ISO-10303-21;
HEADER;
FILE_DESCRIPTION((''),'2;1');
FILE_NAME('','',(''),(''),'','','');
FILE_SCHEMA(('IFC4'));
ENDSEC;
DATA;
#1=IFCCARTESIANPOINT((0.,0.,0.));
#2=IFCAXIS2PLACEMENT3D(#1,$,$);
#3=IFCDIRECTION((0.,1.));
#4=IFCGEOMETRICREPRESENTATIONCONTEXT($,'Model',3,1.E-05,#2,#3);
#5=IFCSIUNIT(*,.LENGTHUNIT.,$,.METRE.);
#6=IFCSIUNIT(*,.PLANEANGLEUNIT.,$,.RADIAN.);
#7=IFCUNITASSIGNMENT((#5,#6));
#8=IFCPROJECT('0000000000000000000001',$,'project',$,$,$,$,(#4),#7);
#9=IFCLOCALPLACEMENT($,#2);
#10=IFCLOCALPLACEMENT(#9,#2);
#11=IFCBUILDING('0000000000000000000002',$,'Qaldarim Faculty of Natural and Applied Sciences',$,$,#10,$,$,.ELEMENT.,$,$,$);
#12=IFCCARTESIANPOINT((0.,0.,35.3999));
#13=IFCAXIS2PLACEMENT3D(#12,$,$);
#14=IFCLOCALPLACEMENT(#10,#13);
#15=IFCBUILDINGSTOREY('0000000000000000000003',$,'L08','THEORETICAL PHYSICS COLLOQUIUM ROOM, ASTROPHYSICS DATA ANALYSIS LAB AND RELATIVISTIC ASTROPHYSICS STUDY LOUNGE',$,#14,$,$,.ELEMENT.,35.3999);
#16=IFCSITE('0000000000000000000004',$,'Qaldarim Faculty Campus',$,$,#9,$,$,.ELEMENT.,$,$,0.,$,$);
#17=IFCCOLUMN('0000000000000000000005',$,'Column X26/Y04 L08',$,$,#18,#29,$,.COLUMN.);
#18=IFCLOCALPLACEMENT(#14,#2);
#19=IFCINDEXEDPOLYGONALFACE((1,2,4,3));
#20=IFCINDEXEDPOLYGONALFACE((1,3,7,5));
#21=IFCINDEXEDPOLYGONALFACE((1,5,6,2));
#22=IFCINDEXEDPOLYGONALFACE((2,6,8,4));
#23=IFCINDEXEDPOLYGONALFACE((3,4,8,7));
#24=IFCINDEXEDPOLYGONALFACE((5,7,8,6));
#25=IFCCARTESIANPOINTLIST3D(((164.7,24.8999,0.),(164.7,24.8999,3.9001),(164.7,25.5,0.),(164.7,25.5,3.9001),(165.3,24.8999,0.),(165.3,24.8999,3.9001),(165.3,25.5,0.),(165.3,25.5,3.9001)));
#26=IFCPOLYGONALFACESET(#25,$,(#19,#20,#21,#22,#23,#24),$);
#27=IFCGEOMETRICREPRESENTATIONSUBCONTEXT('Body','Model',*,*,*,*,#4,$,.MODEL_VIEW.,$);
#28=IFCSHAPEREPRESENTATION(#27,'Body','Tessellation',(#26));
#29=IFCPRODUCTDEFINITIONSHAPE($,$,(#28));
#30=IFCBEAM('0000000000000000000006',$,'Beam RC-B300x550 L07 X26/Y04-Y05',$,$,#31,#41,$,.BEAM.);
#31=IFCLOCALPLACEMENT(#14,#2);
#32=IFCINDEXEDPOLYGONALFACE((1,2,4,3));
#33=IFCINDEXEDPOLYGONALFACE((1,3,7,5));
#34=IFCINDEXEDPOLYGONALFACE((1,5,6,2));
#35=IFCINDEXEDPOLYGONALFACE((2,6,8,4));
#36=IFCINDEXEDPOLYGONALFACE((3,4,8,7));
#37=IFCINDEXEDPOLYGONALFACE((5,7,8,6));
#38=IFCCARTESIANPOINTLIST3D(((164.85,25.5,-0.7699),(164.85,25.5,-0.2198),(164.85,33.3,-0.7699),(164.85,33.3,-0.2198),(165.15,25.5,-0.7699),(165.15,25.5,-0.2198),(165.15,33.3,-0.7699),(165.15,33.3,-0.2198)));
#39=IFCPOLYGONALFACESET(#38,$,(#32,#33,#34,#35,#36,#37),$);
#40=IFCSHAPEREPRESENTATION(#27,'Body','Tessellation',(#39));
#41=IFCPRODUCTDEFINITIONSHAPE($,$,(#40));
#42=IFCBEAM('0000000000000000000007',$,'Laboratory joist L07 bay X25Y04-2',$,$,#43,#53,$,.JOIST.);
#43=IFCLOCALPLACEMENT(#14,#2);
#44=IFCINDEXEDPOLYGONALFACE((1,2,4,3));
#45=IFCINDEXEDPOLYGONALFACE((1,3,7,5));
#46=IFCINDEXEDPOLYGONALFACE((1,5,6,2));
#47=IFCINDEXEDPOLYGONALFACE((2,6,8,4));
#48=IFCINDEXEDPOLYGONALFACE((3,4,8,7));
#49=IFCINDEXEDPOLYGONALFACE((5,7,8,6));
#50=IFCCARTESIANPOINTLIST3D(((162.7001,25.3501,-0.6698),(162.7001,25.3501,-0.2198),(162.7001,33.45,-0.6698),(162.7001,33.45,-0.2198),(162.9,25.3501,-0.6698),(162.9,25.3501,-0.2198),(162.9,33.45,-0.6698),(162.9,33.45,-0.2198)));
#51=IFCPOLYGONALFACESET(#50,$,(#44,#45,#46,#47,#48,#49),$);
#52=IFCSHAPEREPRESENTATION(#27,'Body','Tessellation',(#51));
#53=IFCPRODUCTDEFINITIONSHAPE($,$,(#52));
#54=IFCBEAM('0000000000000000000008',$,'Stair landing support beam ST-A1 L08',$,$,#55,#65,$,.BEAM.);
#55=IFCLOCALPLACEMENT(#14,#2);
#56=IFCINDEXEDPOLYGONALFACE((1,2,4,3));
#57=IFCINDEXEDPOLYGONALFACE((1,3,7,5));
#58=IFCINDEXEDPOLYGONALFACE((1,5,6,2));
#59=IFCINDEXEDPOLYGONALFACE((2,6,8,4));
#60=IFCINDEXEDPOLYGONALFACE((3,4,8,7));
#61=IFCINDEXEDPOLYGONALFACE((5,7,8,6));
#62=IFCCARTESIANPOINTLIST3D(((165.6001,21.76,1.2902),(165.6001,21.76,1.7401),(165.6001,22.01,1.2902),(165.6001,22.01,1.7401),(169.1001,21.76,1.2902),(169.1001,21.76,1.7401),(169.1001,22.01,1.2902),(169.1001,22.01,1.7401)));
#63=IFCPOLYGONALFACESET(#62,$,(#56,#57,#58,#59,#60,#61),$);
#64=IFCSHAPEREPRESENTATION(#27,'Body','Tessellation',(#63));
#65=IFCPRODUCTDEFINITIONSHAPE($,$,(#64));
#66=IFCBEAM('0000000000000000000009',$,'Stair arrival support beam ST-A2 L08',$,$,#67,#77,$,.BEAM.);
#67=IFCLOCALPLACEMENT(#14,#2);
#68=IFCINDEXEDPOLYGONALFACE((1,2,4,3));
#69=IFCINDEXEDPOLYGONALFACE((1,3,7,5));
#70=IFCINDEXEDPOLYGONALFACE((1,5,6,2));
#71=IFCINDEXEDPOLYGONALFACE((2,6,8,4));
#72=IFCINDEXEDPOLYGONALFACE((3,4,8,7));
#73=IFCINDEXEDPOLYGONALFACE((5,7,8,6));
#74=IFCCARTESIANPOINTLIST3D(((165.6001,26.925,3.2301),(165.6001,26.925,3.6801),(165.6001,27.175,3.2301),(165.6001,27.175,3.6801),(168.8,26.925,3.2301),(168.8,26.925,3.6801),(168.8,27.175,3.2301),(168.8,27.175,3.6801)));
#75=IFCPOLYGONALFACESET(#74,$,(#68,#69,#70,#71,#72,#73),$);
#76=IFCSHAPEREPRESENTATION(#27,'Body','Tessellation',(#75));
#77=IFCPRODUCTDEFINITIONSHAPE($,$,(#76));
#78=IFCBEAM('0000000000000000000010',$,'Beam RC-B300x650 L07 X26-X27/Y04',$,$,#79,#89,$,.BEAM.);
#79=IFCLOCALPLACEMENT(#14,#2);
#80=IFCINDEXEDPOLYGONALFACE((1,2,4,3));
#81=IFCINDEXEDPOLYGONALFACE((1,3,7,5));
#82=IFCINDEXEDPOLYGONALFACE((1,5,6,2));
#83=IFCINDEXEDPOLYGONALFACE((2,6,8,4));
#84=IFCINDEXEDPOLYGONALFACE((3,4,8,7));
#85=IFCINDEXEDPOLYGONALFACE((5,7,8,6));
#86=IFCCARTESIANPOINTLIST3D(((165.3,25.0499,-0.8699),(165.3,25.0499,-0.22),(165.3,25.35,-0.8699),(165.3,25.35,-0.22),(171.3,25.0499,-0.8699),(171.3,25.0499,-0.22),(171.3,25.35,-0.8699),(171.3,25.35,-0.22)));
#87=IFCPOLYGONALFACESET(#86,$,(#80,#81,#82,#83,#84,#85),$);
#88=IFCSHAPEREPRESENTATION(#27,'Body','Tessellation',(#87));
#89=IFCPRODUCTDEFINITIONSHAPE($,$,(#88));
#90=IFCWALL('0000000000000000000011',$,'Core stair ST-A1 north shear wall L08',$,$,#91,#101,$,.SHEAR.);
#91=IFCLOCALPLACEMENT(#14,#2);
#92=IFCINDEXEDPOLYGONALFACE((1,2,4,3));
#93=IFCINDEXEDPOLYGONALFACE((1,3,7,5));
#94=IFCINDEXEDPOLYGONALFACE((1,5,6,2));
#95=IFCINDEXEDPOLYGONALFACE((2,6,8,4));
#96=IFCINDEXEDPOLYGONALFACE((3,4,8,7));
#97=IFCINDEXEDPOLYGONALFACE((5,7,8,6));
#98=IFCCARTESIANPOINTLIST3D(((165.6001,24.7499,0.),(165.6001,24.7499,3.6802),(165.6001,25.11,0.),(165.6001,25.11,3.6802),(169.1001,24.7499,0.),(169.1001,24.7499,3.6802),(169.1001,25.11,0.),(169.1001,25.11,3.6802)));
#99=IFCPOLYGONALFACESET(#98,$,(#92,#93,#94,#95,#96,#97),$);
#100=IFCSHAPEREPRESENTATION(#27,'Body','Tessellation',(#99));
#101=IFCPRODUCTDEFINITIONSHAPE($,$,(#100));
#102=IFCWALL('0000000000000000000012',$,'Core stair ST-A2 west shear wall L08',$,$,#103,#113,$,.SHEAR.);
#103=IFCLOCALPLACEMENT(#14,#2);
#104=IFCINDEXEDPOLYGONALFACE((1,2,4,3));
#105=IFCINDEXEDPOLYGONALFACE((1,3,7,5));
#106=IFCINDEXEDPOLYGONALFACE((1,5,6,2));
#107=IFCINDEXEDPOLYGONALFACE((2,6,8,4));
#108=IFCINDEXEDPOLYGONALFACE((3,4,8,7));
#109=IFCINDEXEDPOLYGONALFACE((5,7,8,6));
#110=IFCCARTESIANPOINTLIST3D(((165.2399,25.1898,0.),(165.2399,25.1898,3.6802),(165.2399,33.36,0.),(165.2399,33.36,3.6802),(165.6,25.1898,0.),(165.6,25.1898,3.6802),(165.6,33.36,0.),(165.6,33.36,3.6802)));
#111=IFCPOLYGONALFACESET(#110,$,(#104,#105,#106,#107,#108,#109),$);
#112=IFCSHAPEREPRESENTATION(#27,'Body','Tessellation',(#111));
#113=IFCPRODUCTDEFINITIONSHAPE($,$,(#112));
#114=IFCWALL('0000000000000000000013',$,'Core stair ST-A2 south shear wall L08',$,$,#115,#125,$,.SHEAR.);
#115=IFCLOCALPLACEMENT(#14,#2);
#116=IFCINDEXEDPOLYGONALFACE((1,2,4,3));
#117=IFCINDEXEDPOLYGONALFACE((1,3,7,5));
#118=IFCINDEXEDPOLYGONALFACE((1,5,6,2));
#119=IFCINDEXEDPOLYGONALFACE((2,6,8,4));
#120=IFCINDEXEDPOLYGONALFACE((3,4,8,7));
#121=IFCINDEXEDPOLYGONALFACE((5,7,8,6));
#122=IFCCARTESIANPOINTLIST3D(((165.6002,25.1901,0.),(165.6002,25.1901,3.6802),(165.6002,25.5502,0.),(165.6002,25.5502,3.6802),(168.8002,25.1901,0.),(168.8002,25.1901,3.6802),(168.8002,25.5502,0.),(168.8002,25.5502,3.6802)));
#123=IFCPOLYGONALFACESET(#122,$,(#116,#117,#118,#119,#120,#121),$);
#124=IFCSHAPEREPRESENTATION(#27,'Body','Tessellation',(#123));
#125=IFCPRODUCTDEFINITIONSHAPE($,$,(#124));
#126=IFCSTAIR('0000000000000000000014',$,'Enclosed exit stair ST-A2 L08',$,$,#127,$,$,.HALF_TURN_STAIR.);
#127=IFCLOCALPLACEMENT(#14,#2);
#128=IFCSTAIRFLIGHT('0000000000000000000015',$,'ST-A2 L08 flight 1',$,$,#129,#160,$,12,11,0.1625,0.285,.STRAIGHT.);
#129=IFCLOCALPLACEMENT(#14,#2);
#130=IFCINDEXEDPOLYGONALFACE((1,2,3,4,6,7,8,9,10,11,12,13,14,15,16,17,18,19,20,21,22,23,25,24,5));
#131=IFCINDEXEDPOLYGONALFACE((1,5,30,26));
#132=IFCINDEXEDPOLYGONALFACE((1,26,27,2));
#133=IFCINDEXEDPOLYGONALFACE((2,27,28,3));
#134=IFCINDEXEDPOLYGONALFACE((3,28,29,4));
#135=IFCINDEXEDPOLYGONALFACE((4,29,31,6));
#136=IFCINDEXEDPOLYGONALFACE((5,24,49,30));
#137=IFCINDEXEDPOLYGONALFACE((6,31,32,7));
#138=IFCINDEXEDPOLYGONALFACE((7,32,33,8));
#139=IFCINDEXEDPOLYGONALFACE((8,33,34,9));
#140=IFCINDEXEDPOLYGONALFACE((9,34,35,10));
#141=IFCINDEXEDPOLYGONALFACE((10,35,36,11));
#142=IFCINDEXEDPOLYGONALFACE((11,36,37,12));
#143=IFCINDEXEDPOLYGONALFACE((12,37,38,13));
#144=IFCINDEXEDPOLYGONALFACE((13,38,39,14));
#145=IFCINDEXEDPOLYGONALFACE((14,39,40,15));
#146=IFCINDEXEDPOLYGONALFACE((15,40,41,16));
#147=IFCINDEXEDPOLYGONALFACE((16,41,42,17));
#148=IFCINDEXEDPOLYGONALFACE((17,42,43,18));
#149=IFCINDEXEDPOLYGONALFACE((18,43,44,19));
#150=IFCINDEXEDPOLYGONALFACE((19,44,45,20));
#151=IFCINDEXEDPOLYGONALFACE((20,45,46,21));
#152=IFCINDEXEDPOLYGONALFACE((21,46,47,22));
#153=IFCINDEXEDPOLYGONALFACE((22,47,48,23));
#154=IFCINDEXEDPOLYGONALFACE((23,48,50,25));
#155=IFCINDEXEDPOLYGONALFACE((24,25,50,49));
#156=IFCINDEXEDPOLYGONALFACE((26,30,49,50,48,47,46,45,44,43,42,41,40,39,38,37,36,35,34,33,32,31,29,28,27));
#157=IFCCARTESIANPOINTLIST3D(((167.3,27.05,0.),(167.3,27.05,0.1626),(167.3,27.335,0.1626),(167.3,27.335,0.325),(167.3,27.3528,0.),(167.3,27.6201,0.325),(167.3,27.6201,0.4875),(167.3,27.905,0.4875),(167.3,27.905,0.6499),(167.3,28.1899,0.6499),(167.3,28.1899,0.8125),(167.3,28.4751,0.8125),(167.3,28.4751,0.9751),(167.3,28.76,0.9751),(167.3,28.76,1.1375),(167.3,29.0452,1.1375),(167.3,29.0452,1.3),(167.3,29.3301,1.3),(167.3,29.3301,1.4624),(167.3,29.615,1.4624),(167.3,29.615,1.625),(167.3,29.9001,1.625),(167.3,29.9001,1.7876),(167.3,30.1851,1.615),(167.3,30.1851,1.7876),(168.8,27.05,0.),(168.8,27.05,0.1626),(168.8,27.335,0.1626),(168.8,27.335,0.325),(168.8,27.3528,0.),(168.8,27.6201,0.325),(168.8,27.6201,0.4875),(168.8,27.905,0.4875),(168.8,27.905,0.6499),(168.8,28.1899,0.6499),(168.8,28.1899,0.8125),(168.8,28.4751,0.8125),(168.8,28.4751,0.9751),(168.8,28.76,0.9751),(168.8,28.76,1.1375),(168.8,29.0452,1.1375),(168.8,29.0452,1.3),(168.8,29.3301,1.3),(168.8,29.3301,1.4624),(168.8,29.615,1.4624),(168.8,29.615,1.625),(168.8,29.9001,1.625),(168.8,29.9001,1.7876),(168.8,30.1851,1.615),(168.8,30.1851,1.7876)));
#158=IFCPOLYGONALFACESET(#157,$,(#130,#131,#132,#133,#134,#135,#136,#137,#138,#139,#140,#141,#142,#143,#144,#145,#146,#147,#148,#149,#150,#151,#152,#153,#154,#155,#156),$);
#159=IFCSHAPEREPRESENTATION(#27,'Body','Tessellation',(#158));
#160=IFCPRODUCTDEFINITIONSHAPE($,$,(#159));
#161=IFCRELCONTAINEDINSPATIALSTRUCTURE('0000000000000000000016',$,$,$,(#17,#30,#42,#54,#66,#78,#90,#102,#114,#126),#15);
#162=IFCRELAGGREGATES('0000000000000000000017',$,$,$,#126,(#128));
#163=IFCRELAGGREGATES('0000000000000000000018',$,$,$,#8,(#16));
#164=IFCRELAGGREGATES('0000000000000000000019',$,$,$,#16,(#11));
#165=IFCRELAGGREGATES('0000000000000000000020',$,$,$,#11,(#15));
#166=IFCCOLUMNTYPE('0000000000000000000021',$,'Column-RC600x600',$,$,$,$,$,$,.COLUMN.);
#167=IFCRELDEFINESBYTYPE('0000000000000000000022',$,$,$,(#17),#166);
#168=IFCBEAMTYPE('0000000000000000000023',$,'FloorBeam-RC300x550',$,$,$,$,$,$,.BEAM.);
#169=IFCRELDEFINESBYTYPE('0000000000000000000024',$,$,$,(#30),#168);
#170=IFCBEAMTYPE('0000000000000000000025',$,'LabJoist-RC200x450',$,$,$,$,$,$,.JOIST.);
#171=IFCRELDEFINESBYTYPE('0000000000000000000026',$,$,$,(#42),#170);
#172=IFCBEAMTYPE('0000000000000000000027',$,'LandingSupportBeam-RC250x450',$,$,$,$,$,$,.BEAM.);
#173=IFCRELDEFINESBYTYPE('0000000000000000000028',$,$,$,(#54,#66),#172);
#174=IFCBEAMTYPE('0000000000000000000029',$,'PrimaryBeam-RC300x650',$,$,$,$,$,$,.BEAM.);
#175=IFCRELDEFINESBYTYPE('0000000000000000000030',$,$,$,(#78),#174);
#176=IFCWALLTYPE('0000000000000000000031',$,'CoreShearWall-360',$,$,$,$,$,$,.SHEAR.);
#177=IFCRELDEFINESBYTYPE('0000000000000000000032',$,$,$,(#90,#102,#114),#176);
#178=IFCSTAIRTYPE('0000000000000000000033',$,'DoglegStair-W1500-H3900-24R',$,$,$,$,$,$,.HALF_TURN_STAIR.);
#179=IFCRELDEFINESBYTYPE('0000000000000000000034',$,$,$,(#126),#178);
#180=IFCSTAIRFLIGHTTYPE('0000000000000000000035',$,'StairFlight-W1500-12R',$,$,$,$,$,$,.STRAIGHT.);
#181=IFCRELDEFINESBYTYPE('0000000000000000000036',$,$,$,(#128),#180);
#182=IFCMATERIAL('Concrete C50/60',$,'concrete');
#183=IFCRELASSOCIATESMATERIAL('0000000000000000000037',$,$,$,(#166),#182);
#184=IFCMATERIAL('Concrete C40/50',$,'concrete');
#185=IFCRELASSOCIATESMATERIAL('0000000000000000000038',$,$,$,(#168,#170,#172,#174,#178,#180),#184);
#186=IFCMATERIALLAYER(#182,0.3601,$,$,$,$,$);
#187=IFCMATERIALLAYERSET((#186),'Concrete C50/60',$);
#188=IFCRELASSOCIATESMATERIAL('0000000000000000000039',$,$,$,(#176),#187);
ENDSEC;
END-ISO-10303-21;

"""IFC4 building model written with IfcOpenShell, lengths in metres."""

from ifc_helpers import new_model, si_unit, direction, frame, frame_2d, origin, origin_2d, place, context, subcontext, project, spatial, polyline, rectangle, outline, extrude, material, layer, layer_set, material_profile, profile_set, type_object, element, aggregate, save


model = new_model("IFC4")

# Units and contexts
model_context = context("Model", 3, precision=1e-05, world=origin(), true_north=direction((0.0, 1.0)))
body_context = subcontext(model_context, "Body", "Model", "MODEL_VIEW")
ifc_project = project(units=[si_unit("LENGTHUNIT", "METRE"), si_unit("PLANEANGLEUNIT", "RADIAN")], contexts=[model_context])

# Site, building, storey
site_placement = place(None, origin())
site = spatial("IfcSite", under=ifc_project, at=site_placement, Name="Qaldarim Faculty Campus", CompositionType="ELEMENT", RefElevation=0.0)
building_placement = place(site_placement, origin())
building = spatial("IfcBuilding", under=site, at=building_placement, Name="Qaldarim Faculty of Natural and Applied Sciences", CompositionType="ELEMENT")
storey_placement = place(building_placement, frame((0.0, 0.0, 35.3999)))
storey = spatial("IfcBuildingStorey", under=building, at=storey_placement, Name="L08", Description="THEORETICAL PHYSICS COLLOQUIUM ROOM, ASTROPHYSICS DATA ANALYSIS LAB AND RELATIVISTIC ASTROPHYSICS STUDY LOUNGE", CompositionType="ELEMENT", Elevation=35.3999)

# Column
ifc_material_1 = material(Name="Concrete C50/60", Category="concrete")
ifc_material_profile_1 = material_profile(ifc_material_1, rectangle(XDim=0.6001, YDim=0.6001, at=origin_2d()), Name="RC-C600x600")
ifc_profile_set_1 = profile_set([ifc_material_profile_1], Name="Concrete C50/60")
column_type = type_object("IfcColumnType", Name="Column-RC600x600", PredefinedType="COLUMN", material=ifc_profile_set_1)
column_placement = place(storey_placement, frame((165.0, 25.2, 0.0), z_axis=(0.0, 0.0, 1.0), x_axis=(1.0, 0.0, 0.0)))
element("IfcColumn", 1, at=column_placement, inside=storey, type_object=column_type, Name="Column X26/Y04 L08", PredefinedType="COLUMN", context=body_context, shape_type="SweptSolid", body=[
    extrude(rectangle(XDim=0.6001, YDim=0.6001, at=origin_2d()), origin(), (0.0, 0.0, 1.0), 3.9001),
])

# Beams
ifc_material_2 = material(Name="Concrete C40/50", Category="concrete")
ifc_material_profile_2 = material_profile(ifc_material_2, rectangle(XDim=0.3, YDim=0.55, at=origin_2d()), Name="RC-B300x550")
ifc_profile_set_2 = profile_set([ifc_material_profile_2], Name="Concrete C40/50")
beam_type_1 = type_object("IfcBeamType", Name="FloorBeam-RC300x550", PredefinedType="BEAM", material=ifc_profile_set_2)
beam_1_placement = place(storey_placement, frame((165.0, 25.5, -0.4949), z_axis=(0.0, 1.0, 0.0), x_axis=(-1.0, 0.0, 0.0)))
element("IfcBeam", 2, at=beam_1_placement, inside=storey, type_object=beam_type_1, Name="Beam RC-B300x550 L07 X26/Y04-Y05", PredefinedType="BEAM", context=body_context, shape_type="SweptSolid", body=[
    extrude(rectangle(XDim=0.3, YDim=0.55, at=origin_2d()), origin(), (0.0, 0.0, 1.0), 7.8),
])
ifc_material_profile_3 = material_profile(ifc_material_2, rectangle(XDim=0.2, YDim=0.45, at=origin_2d()), Name="RC-J200x450")
ifc_profile_set_3 = profile_set([ifc_material_profile_3], Name="Concrete C40/50")
beam_type_2 = type_object("IfcBeamType", Name="LabJoist-RC200x450", PredefinedType="JOIST", material=ifc_profile_set_3)
beam_2_placement = place(storey_placement, frame((162.8, 25.3501, -0.4448), z_axis=(0.0, 1.0, 0.0), x_axis=(-1.0, 0.0, 0.0)))
element("IfcBeam", 3, at=beam_2_placement, inside=storey, type_object=beam_type_2, Name="Laboratory joist L07 bay X25Y04-2", PredefinedType="JOIST", context=body_context, shape_type="SweptSolid", body=[
    extrude(rectangle(XDim=0.2, YDim=0.45, at=origin_2d()), origin(), (0.0, 0.0, 1.0), 8.0999),
])
ifc_material_profile_4 = material_profile(ifc_material_2, rectangle(XDim=0.25, YDim=0.45, at=origin_2d()), Name="RC-LN250x450")
ifc_profile_set_4 = profile_set([ifc_material_profile_4], Name="Concrete C40/50")
beam_type_3 = type_object("IfcBeamType", Name="LandingSupportBeam-RC250x450", PredefinedType="BEAM", material=ifc_profile_set_4)
beam_3_placement = place(storey_placement, frame((165.6001, 21.885, 1.5151), z_axis=(1.0, 0.0, 0.0), x_axis=(0.0, 1.0, 0.0)))
element("IfcBeam", 4, at=beam_3_placement, inside=storey, type_object=beam_type_3, Name="Stair landing support beam ST-A1 L08", PredefinedType="BEAM", context=body_context, shape_type="SweptSolid", body=[
    extrude(rectangle(XDim=0.25, YDim=0.45, at=origin_2d()), origin(), (0.0, 0.0, 1.0), 3.5),
])
beam_4_placement = place(storey_placement, frame((165.6001, 27.05, 3.4551), z_axis=(1.0, 0.0, 0.0), x_axis=(0.0, 1.0, 0.0)))
element("IfcBeam", 5, at=beam_4_placement, inside=storey, type_object=beam_type_3, Name="Stair arrival support beam ST-A2 L08", PredefinedType="BEAM", context=body_context, shape_type="SweptSolid", body=[
    extrude(rectangle(XDim=0.25, YDim=0.45, at=origin_2d()), origin(), (0.0, 0.0, 1.0), 3.2),
])
ifc_material_profile_5 = material_profile(ifc_material_2, rectangle(XDim=0.3, YDim=0.6499, at=origin_2d()), Name="RC-B300x650")
ifc_profile_set_5 = profile_set([ifc_material_profile_5], Name="Concrete C40/50")
beam_type_4 = type_object("IfcBeamType", Name="PrimaryBeam-RC300x650", PredefinedType="BEAM", material=ifc_profile_set_5)
beam_5_placement = place(storey_placement, frame((165.3, 25.2, -0.5449), z_axis=(1.0, 0.0, 0.0), x_axis=(0.0, 1.0, 0.0)))
element("IfcBeam", 6, at=beam_5_placement, inside=storey, type_object=beam_type_4, Name="Beam RC-B300x650 L07 X26-X27/Y04", PredefinedType="BEAM", context=body_context, shape_type="SweptSolid", body=[
    extrude(rectangle(XDim=0.3, YDim=0.6499, at=origin_2d()), origin(), (0.0, 0.0, 1.0), 6.0),
])

# Walls
ifc_layer_1 = layer(ifc_material_1, 0.3601)
ifc_layer_set_1 = layer_set([ifc_layer_1], Name="Concrete C50/60")
wall_type = type_object("IfcWallType", Name="CoreShearWall-360", PredefinedType="SHEAR", material=ifc_layer_set_1)
wall_1_placement = place(storey_placement, frame((165.6001, 24.9299, 0.0), z_axis=(0.0, 0.0, 1.0), x_axis=(1.0, 0.0, 0.0)))
element("IfcWall", 7, at=wall_1_placement, inside=storey, type_object=wall_type, Name="Core stair ST-A1 north shear wall L08", PredefinedType="SHEAR", context=body_context, shape_type="SweptSolid", body=[
    extrude(rectangle(XDim=3.5, YDim=0.3601, at=frame_2d((1.75, 0.0))), origin(), (0.0, 0.0, 1.0), 3.6802),
])
wall_2_placement = place(storey_placement, frame((165.4199, 25.1899, 0.0), z_axis=(0.0, 0.0, 1.0), x_axis=(0.0, 1.0, 0.0)))
element("IfcWall", 8, at=wall_2_placement, inside=storey, type_object=wall_type, Name="Core stair ST-A2 west shear wall L08", PredefinedType="SHEAR", context=body_context, shape_type="SweptSolid", body=[
    extrude(rectangle(XDim=8.1702, YDim=0.3601, at=frame_2d((4.085, 0.0))), origin(), (0.0, 0.0, 1.0), 3.6802),
])

# Wall
wall_3_placement = place(storey_placement, frame((165.6001, 25.3701, 0.0), z_axis=(0.0, 0.0, 1.0), x_axis=(1.0, 0.0, 0.0)))
element("IfcWall", 9, at=wall_3_placement, inside=storey, type_object=wall_type, Name="Core stair ST-A2 south shear wall L08", PredefinedType="SHEAR", context=body_context, shape_type="SweptSolid", body=[
    extrude(rectangle(XDim=3.2, YDim=0.3601, at=frame_2d((1.6001, 0.0))), origin(), (0.0, 0.0, 1.0), 3.6802),
])

# Stair, stair flight
stair_type_1 = type_object("IfcStairType", Name="DoglegStair-W1500-H3900-24R", PredefinedType="HALF_TURN_STAIR", material=ifc_material_2)
stair_1_placement = place(storey_placement, origin())
stair_1 = element("IfcStair", 10, at=stair_1_placement, inside=storey, type_object=stair_type_1, Name="Enclosed exit stair ST-A2 L08", PredefinedType="HALF_TURN_STAIR")
stair_flight_type_1 = type_object("IfcStairFlightType", Name="StairFlight-W1500-12R", PredefinedType="STRAIGHT", material=ifc_material_2)
stair_flight_1_placement = place(storey_placement, frame((168.05, 27.05, 0.0), z_axis=(0.0, 0.0, 1.0), x_axis=(0.0, 1.0, 0.0)))
stair_flight_1 = element("IfcStairFlight", 11, at=stair_flight_1_placement, type_object=stair_flight_type_1, Name="ST-A2 L08 flight 1", NumberOfRisers=12, NumberOfTreads=11, PredefinedType="STRAIGHT", RiserHeight=0.1625, TreadLength=0.285, context=body_context, shape_type="SweptSolid", body=[
    extrude(outline(polyline([(0.0, 0.0), (0.0, 0.1626), (0.2849, 0.1626), (0.2849, 0.325), (0.5701, 0.325), (0.5701, 0.4875), (0.855, 0.4875), (0.855, 0.6499), (1.1399, 0.6499), (1.1399, 0.8125), (1.425, 0.8125), (1.425, 0.9751), (1.71, 0.9751), (1.71, 1.1375), (1.9951, 1.1375), (1.9951, 1.3), (2.28, 1.3), (2.28, 1.4624), (2.5649, 1.4624), (2.5649, 1.625), (2.8501, 1.625), (2.8501, 1.7876), (3.135, 1.7876), (3.135, 1.95), (3.135, 1.615), (0.3027, 0.0), (0.0, 0.0)])), frame((0.0, 0.75, 0.0), z_axis=(0.0, -1.0, 0.0), x_axis=(1.0, 0.0, 0.0)), (0.0, 0.0, 1.0), 1.5),
])
aggregate(stair_1, [stair_flight_1])

save(model, "model.ifc")
